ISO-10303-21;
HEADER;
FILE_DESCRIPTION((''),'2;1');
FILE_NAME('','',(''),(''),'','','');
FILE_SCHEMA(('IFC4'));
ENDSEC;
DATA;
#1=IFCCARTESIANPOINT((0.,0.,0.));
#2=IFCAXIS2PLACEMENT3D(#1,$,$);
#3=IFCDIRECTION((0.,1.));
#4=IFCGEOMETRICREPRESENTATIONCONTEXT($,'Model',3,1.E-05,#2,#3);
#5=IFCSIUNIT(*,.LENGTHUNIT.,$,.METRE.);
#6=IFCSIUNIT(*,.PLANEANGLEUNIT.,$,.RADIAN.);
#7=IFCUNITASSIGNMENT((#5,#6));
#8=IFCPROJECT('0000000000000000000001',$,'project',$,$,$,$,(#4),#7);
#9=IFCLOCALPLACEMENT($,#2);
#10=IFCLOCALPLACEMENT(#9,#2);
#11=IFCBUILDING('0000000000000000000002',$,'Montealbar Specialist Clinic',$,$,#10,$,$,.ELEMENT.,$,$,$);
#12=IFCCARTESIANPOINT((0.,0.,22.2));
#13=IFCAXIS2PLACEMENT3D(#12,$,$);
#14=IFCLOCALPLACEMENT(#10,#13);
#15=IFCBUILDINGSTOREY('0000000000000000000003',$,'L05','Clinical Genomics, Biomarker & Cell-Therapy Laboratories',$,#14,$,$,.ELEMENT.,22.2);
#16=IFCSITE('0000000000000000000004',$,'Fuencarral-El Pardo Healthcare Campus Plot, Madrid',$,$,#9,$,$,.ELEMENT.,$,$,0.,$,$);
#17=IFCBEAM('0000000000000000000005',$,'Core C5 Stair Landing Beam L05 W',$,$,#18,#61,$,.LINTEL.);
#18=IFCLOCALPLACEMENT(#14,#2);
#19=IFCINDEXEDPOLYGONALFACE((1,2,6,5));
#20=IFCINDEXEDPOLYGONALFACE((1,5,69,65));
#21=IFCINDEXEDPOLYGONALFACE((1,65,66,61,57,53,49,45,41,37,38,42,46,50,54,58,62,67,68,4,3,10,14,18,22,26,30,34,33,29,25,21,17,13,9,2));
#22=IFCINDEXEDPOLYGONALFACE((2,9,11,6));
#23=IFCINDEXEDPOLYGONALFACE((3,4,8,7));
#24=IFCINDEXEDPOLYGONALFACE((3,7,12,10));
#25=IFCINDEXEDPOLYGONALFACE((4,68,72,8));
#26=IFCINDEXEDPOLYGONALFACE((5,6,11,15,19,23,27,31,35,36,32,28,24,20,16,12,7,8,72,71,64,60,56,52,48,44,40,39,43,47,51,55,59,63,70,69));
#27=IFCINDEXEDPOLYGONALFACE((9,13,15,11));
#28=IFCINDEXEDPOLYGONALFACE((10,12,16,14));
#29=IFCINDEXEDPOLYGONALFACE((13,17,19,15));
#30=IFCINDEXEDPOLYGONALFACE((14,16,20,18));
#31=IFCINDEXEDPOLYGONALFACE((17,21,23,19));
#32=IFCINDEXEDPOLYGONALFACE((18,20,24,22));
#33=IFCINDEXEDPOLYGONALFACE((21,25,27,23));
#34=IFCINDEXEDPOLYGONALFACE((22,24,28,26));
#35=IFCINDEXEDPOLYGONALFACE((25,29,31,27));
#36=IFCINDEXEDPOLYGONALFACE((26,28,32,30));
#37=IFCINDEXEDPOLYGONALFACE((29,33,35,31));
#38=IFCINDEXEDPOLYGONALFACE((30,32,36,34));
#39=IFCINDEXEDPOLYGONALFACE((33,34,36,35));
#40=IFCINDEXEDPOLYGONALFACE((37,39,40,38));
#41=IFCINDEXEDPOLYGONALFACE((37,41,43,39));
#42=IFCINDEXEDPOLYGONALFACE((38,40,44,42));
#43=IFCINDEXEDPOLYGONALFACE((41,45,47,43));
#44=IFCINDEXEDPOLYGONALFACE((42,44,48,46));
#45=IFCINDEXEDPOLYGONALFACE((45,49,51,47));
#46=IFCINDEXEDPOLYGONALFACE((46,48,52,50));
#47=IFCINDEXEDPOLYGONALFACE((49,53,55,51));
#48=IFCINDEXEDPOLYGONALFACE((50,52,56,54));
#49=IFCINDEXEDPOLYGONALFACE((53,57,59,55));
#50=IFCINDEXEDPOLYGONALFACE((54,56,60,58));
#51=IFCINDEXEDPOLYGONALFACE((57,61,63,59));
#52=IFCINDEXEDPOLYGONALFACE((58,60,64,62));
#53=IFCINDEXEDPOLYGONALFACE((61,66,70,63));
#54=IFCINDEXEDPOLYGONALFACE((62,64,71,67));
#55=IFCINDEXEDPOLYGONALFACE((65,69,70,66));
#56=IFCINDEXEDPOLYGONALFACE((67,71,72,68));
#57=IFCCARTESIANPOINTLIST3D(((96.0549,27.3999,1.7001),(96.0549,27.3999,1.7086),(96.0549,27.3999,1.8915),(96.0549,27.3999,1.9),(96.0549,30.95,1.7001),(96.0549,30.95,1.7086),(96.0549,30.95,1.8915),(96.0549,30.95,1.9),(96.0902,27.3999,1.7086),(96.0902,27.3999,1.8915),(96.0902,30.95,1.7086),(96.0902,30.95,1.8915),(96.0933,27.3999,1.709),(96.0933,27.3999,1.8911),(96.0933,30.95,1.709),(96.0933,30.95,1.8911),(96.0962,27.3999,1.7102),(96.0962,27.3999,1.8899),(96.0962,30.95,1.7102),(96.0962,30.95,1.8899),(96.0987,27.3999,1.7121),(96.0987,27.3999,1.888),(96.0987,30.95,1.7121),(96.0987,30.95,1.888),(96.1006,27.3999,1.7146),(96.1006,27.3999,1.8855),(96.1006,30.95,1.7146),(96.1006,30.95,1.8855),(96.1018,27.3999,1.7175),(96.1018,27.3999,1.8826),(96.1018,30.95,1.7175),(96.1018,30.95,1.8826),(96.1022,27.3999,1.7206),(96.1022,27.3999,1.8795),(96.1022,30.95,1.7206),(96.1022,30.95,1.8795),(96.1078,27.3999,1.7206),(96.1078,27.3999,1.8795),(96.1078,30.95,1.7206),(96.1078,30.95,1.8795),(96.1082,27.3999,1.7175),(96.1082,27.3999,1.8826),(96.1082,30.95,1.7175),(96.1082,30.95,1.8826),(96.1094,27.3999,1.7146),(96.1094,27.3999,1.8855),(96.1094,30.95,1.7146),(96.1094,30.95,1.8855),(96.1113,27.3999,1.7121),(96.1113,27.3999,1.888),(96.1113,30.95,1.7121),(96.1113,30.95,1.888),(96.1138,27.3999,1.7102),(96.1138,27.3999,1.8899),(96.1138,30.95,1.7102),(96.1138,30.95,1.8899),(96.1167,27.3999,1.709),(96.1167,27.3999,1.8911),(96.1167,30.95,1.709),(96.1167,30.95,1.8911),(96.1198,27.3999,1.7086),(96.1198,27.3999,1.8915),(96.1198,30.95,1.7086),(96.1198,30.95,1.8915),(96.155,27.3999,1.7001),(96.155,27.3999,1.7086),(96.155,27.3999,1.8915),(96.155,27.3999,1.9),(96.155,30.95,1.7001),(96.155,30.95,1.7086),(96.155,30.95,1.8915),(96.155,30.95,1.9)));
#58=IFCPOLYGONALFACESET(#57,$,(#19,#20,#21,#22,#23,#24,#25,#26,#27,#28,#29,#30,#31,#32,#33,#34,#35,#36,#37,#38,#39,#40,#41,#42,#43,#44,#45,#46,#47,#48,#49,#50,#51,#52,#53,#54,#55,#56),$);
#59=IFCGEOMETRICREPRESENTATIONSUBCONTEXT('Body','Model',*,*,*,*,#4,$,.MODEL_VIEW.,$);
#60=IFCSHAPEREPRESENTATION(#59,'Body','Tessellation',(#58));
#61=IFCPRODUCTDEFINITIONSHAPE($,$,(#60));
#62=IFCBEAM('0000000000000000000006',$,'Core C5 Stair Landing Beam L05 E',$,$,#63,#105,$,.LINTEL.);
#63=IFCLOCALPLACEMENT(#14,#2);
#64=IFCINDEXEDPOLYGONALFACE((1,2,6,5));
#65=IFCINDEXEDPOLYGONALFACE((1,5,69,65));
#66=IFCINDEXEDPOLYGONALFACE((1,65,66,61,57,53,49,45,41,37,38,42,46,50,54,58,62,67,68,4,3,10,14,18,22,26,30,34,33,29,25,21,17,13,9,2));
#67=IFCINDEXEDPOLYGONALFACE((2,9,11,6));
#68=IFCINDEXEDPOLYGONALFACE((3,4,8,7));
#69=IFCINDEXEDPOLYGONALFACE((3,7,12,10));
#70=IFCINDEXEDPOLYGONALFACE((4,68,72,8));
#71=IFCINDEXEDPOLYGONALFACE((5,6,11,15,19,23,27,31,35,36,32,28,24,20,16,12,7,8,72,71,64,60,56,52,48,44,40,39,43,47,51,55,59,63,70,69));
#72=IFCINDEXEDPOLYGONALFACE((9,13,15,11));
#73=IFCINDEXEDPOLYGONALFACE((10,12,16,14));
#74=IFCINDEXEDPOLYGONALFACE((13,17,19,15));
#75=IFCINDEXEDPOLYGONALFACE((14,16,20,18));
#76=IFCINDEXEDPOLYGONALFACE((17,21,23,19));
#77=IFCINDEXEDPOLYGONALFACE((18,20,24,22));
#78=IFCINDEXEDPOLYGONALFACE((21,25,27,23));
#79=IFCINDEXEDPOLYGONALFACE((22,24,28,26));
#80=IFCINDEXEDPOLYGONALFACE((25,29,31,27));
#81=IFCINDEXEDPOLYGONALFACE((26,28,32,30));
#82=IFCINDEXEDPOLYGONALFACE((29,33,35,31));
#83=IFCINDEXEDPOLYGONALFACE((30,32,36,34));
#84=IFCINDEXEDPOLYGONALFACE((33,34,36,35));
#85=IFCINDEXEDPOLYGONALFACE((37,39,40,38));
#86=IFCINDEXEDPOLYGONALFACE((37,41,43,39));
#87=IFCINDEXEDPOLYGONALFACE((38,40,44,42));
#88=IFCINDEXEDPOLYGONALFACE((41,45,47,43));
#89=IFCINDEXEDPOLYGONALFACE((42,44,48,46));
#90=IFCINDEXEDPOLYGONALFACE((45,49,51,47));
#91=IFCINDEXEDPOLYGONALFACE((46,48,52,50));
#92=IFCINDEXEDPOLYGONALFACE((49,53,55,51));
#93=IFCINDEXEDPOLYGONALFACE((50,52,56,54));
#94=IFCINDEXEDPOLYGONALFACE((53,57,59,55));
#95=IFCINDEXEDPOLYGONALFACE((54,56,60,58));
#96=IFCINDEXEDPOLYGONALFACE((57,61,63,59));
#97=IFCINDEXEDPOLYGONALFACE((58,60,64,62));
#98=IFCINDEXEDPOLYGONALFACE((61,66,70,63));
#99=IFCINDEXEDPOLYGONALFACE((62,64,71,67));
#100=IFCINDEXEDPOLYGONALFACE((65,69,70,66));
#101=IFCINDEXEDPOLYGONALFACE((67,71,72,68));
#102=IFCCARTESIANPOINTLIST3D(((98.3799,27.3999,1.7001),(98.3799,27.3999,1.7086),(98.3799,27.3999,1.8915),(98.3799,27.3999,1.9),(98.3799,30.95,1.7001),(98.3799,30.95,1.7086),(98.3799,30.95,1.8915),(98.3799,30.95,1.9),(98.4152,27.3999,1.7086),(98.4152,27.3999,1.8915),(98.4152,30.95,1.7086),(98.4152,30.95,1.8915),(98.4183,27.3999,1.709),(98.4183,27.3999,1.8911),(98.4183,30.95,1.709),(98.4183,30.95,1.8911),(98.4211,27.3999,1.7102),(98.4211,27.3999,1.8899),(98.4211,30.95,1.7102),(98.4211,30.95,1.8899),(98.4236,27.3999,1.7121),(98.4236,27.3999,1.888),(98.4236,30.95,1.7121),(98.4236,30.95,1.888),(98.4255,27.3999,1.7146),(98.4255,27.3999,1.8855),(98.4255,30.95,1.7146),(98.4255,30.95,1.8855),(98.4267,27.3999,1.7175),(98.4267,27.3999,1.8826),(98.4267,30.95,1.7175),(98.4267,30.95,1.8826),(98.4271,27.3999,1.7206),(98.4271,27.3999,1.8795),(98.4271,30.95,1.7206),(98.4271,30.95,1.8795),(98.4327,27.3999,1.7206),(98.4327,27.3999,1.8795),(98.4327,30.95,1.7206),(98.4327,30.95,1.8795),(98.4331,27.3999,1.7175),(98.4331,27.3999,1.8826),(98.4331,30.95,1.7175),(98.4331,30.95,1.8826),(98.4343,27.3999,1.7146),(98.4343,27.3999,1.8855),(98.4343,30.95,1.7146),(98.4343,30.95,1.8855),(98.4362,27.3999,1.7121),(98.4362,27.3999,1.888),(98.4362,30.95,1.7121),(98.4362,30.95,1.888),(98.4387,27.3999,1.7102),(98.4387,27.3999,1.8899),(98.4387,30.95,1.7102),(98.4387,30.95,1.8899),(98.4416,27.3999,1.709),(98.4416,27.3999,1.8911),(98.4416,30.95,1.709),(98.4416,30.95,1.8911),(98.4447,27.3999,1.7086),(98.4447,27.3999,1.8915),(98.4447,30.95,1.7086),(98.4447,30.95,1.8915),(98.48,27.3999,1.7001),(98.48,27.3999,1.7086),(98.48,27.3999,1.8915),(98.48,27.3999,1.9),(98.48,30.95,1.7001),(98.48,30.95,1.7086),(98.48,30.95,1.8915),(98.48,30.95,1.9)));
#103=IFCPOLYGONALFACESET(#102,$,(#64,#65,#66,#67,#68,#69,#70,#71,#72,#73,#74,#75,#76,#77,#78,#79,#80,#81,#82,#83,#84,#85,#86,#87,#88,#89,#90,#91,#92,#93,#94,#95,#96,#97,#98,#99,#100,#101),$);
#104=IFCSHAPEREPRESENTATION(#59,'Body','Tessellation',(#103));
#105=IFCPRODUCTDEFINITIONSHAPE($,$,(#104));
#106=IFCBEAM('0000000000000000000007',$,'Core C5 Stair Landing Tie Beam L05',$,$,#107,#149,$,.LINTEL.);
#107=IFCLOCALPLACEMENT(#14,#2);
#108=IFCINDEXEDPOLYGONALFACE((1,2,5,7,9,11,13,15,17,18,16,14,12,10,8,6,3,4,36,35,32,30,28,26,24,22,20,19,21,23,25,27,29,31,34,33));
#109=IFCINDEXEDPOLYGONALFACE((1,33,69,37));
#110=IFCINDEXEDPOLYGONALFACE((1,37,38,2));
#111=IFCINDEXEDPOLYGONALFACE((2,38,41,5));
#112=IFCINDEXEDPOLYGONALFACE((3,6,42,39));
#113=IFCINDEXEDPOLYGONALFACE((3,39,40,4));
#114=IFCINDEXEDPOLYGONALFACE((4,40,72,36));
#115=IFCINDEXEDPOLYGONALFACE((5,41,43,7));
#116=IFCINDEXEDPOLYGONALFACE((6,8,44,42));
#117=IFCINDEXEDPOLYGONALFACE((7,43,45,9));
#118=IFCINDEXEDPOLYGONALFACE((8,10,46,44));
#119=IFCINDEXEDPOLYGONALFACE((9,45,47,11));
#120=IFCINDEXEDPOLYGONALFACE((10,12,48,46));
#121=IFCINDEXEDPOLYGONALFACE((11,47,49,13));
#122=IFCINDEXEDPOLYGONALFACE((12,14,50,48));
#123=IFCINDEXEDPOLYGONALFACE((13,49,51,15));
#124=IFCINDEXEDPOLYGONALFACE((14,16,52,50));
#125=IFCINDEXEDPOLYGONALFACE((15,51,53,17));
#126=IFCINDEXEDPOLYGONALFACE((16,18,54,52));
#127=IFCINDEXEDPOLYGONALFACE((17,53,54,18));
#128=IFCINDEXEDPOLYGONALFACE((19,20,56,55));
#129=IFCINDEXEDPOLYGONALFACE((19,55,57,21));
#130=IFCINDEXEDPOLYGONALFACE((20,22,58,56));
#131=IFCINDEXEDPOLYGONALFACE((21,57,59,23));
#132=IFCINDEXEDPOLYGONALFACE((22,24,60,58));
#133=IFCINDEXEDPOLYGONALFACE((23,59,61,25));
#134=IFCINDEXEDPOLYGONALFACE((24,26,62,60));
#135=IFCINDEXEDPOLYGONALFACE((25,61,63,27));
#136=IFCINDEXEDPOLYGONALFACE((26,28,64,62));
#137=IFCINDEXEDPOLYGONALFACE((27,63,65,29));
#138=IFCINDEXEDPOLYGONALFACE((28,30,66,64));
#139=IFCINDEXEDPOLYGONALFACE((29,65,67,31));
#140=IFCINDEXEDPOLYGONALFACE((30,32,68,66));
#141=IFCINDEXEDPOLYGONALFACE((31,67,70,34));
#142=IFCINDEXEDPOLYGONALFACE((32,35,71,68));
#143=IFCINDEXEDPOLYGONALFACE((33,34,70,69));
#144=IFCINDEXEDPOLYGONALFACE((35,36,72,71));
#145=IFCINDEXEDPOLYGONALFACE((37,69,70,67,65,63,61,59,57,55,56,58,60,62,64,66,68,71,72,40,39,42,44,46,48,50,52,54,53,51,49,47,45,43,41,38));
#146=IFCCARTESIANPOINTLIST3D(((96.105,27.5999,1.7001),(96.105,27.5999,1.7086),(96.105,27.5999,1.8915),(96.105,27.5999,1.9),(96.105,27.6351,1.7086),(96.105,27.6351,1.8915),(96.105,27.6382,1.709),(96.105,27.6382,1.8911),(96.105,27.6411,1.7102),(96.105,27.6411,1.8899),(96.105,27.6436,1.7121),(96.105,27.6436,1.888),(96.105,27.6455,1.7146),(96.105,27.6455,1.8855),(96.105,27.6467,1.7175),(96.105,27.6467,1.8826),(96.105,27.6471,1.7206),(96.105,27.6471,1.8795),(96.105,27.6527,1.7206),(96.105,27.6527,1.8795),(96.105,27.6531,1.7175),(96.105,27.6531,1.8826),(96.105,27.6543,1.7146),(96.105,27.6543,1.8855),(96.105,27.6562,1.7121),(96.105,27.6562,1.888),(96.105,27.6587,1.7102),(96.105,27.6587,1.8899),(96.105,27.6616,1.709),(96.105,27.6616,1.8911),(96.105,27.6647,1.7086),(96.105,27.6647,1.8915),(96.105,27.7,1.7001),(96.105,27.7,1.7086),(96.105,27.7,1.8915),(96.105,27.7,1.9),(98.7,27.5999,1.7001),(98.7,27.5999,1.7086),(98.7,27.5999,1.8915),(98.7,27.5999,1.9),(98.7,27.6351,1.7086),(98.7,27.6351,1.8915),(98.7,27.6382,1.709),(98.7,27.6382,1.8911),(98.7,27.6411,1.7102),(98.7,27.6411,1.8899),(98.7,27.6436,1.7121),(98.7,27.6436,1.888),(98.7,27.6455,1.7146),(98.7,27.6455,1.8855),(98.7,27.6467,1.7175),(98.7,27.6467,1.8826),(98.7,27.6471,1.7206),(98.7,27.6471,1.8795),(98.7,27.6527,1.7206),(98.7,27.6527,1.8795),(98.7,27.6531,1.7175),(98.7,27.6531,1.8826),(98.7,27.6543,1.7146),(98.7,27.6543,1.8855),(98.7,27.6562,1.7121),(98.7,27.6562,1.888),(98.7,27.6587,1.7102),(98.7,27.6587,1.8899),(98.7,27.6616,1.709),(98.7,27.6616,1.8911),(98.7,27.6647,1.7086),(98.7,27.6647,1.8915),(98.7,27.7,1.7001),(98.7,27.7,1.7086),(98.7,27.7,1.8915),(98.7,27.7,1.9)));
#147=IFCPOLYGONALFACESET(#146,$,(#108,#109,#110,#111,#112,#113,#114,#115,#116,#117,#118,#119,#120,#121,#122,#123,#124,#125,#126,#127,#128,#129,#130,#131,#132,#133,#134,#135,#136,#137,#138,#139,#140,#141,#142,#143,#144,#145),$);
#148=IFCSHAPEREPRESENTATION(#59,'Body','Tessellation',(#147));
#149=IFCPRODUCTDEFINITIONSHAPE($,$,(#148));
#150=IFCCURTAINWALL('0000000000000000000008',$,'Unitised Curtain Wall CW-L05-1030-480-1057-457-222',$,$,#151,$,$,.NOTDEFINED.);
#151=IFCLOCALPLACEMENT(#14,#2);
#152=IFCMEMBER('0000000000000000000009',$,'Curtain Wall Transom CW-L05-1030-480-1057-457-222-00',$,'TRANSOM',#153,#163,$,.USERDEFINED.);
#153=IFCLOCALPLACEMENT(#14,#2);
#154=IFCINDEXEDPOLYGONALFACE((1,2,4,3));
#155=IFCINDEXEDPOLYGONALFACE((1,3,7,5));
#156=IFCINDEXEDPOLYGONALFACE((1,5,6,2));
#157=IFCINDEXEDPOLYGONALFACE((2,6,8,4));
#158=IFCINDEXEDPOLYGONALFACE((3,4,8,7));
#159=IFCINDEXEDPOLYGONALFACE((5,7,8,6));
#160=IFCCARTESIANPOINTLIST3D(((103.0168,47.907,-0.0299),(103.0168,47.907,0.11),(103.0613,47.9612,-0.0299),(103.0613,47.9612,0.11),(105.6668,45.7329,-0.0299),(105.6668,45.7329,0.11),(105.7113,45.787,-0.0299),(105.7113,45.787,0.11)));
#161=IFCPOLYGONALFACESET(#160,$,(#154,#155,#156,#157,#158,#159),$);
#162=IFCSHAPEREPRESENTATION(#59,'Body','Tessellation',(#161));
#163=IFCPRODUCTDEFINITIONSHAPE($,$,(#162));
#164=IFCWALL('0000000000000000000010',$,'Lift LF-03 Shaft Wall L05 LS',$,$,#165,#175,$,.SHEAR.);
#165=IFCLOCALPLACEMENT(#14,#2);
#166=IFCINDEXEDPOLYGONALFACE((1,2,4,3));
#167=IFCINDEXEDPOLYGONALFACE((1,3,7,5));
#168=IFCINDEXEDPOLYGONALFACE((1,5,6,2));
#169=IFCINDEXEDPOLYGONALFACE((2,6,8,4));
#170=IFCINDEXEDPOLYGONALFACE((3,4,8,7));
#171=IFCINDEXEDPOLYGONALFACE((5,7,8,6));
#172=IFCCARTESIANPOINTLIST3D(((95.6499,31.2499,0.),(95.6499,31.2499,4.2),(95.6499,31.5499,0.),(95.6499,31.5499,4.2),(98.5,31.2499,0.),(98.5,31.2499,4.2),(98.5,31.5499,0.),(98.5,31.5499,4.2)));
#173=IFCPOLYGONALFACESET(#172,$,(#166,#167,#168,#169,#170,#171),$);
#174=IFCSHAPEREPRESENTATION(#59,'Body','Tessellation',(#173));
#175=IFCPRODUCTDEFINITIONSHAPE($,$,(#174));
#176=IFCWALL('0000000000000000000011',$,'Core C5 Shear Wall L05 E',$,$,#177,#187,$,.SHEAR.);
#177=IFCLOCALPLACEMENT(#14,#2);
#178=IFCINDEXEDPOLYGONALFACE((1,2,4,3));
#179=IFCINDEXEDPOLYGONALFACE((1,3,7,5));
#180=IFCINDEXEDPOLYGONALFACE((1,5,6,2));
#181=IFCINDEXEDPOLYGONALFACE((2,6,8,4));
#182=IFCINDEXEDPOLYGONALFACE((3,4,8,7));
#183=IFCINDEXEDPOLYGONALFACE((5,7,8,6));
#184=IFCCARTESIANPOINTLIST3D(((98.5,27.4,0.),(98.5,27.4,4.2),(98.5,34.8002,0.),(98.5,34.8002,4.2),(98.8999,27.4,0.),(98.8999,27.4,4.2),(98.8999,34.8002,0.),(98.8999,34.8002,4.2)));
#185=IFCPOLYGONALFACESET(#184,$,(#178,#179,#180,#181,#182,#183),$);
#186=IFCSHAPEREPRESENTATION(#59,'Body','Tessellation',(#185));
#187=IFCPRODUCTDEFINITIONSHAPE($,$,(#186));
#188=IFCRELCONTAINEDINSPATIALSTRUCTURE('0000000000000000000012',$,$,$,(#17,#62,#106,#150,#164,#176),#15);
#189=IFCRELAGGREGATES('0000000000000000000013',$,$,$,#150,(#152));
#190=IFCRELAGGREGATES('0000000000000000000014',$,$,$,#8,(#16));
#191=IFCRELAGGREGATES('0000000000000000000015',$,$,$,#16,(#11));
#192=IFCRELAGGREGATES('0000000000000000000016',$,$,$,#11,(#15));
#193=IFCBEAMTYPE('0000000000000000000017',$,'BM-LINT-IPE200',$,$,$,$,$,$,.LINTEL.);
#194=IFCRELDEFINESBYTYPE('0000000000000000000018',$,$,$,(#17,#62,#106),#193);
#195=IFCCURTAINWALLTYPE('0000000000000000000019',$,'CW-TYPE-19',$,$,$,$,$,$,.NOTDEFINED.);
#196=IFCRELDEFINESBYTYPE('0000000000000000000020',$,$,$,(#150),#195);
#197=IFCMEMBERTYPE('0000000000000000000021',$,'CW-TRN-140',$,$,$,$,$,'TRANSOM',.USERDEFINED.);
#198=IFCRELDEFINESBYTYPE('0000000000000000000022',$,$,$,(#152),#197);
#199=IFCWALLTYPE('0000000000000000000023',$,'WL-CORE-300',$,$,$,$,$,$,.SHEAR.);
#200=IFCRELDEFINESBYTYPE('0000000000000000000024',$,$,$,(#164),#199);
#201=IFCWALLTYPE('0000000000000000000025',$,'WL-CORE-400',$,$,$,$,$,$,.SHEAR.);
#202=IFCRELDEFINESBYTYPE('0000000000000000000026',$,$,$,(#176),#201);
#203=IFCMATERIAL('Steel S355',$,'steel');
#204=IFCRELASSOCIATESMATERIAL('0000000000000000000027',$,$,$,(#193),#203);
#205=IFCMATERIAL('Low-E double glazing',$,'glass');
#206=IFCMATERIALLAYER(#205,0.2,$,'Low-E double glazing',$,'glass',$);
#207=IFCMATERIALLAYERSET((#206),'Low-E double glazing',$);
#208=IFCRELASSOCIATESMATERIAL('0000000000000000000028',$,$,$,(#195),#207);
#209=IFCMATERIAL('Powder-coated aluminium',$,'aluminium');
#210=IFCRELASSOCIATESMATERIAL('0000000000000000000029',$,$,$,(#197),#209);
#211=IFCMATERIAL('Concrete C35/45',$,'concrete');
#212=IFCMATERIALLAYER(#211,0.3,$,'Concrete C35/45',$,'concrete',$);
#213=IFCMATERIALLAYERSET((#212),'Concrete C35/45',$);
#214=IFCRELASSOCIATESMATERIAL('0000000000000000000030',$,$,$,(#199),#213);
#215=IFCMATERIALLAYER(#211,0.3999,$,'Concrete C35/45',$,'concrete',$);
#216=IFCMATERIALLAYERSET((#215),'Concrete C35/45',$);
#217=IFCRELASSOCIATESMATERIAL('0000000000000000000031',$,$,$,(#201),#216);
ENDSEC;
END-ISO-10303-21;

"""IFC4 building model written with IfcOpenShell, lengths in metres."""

from ifc_helpers import new_model, si_unit, direction, frame, frame_2d, origin, origin_2d, place, context, subcontext, project, spatial, rectangle, i_section, extrude, material, layer, layer_set, material_profile, profile_set, type_object, element, aggregate, save


model = new_model("IFC4")

# Units and contexts
model_context = context("Model", 3, precision=1e-05, world=origin(), true_north=direction((0.0, 1.0)))
body_context = subcontext(model_context, "Body", "Model", "MODEL_VIEW")
ifc_project = project(units=[si_unit("LENGTHUNIT", "METRE"), si_unit("PLANEANGLEUNIT", "RADIAN")], contexts=[model_context])

# Site, building, storey
site_placement = place(None, origin())
site = spatial("IfcSite", under=ifc_project, at=site_placement, Name="Fuencarral-El Pardo Healthcare Campus Plot, Madrid", CompositionType="ELEMENT", RefElevation=0.0)
building_placement = place(site_placement, origin())
building = spatial("IfcBuilding", under=site, at=building_placement, Name="Montealbar Specialist Clinic", CompositionType="ELEMENT")
storey_placement = place(building_placement, frame((0.0, 0.0, 22.2)))
storey = spatial("IfcBuildingStorey", under=building, at=storey_placement, Name="L05", Description="Clinical Genomics, Biomarker & Cell-Therapy Laboratories", CompositionType="ELEMENT", Elevation=22.2)

# Shared definitions
ifc_material_1 = material(Name="Steel S355", Category="steel")

# Beams
ifc_material_profile_1 = material_profile(ifc_material_1, i_section(OverallWidth=0.1001, OverallDepth=0.2, WebThickness=0.0056, FlangeThickness=0.0085, FilletRadius=0.012, at=origin_2d()), Name="IPE 200", Category="steel")
ifc_profile_set_1 = profile_set([ifc_material_profile_1], Name="Steel S355")
beam_type_1 = type_object("IfcBeamType", Name="BM-LINT-IPE200", PredefinedType="LINTEL", material=ifc_profile_set_1)
for number, where, z_axis, x_axis, name in (
    (1, (96.105, 27.3999, 1.8), (0.0, 1.0, 0.0), (-1.0, 0.0, 0.0), "Core C5 Stair Landing Beam L05 W"),
    (2, (98.4299, 27.3999, 1.8), (0.0, 1.0, 0.0), (-1.0, 0.0, 0.0), "Core C5 Stair Landing Beam L05 E"),
):
    element("IfcBeam", number, at=place(storey_placement, frame(where, z_axis=z_axis, x_axis=x_axis)), inside=storey, type_object=beam_type_1, Name=name, PredefinedType="LINTEL", context=body_context, shape_type="SweptSolid", body=[
        extrude(i_section(OverallWidth=0.1001, OverallDepth=0.2, WebThickness=0.0056, FlangeThickness=0.0085, FilletRadius=0.012, at=origin_2d()), origin(), (0.0, 0.0, 1.0), 3.55),
    ])
beam_1_placement = place(storey_placement, frame((96.105, 27.6499, 1.8), z_axis=(1.0, 0.0, 0.0), x_axis=(0.0, 1.0, 0.0)))
element("IfcBeam", 3, at=beam_1_placement, inside=storey, type_object=beam_type_1, Name="Core C5 Stair Landing Tie Beam L05", PredefinedType="LINTEL", context=body_context, shape_type="SweptSolid", body=[
    extrude(i_section(OverallWidth=0.1001, OverallDepth=0.2, WebThickness=0.0056, FlangeThickness=0.0085, FilletRadius=0.012, at=origin_2d()), origin(), (0.0, 0.0, 1.0), 2.595),
])

# Curtain wall, member
ifc_material_2 = material(Name="Low-E double glazing", Category="glass")
ifc_layer_1 = layer(ifc_material_2, 0.2, Name="Low-E double glazing", Category="glass")
ifc_layer_set_1 = layer_set([ifc_layer_1], Name="Low-E double glazing")
curtain_wall_type = type_object("IfcCurtainWallType", Name="CW-TYPE-19", PredefinedType="NOTDEFINED", material=ifc_layer_set_1)
curtain_wall_placement = place(storey_placement, origin())
curtain_wall = element("IfcCurtainWall", 4, at=curtain_wall_placement, inside=storey, type_object=curtain_wall_type, Name="Unitised Curtain Wall CW-L05-1030-480-1057-457-222", PredefinedType="NOTDEFINED")
ifc_material_3 = material(Name="Powder-coated aluminium", Category="aluminium")
ifc_material_profile_2 = material_profile(ifc_material_3, rectangle(XDim=0.0701, YDim=0.1399, at=origin_2d()), Name="ALU 70x140", Category="aluminium")
ifc_profile_set_2 = profile_set([ifc_material_profile_2], Name="Powder-coated aluminium")
member_type = type_object("IfcMemberType", Name="CW-TRN-140", ElementType="TRANSOM", PredefinedType="USERDEFINED", material=ifc_profile_set_2)
member_placement = place(storey_placement, frame((103.0391, 47.9341, 0.04), z_axis=(0.773103, -0.634281, 0.0), x_axis=(0.634281, 0.773103, 0.0)))
member = element("IfcMember", 5, at=member_placement, type_object=member_type, Name="Curtain Wall Transom CW-L05-1030-480-1057-457-222-00", ObjectType="TRANSOM", PredefinedType="USERDEFINED", context=body_context, shape_type="SweptSolid", body=[
    extrude(rectangle(XDim=0.0701, YDim=0.1399, at=origin_2d()), origin(), (0.0, 0.0, 1.0), 3.4277),
])
aggregate(curtain_wall, [member])

# Wall
ifc_material_4 = material(Name="Concrete C35/45", Category="concrete")
ifc_layer_2 = layer(ifc_material_4, 0.3, Name="Concrete C35/45", Category="concrete")
ifc_layer_set_2 = layer_set([ifc_layer_2], Name="Concrete C35/45")
wall_type_1 = type_object("IfcWallType", Name="WL-CORE-300", PredefinedType="SHEAR", material=ifc_layer_set_2)
wall_1_placement = place(storey_placement, frame((95.6499, 31.3999, 0.0), z_axis=(0.0, 0.0, 1.0), x_axis=(1.0, 0.0, 0.0)))
element("IfcWall", 6, at=wall_1_placement, inside=storey, type_object=wall_type_1, Name="Lift LF-03 Shaft Wall L05 LS", PredefinedType="SHEAR", context=body_context, shape_type="SweptSolid", body=[
    extrude(rectangle(XDim=2.8501, YDim=0.3, at=frame_2d((1.425, 0.0))), origin(), (0.0, 0.0, 1.0), 4.2),
])

# Wall
ifc_layer_3 = layer(ifc_material_4, 0.3999, Name="Concrete C35/45", Category="concrete")
ifc_layer_set_3 = layer_set([ifc_layer_3], Name="Concrete C35/45")
wall_type_2 = type_object("IfcWallType", Name="WL-CORE-400", PredefinedType="SHEAR", material=ifc_layer_set_3)
wall_2_placement = place(storey_placement, frame((98.7, 27.3999, 0.0), z_axis=(0.0, 0.0, 1.0), x_axis=(0.0, 1.0, 0.0)))
element("IfcWall", 7, at=wall_2_placement, inside=storey, type_object=wall_type_2, Name="Core C5 Shear Wall L05 E", PredefinedType="SHEAR", context=body_context, shape_type="SweptSolid", body=[
    extrude(rectangle(XDim=7.4001, YDim=0.3999, at=frame_2d((3.7002, 0.0))), origin(), (0.0, 0.0, 1.0), 4.2),
])

save(model, "model.ifc")
